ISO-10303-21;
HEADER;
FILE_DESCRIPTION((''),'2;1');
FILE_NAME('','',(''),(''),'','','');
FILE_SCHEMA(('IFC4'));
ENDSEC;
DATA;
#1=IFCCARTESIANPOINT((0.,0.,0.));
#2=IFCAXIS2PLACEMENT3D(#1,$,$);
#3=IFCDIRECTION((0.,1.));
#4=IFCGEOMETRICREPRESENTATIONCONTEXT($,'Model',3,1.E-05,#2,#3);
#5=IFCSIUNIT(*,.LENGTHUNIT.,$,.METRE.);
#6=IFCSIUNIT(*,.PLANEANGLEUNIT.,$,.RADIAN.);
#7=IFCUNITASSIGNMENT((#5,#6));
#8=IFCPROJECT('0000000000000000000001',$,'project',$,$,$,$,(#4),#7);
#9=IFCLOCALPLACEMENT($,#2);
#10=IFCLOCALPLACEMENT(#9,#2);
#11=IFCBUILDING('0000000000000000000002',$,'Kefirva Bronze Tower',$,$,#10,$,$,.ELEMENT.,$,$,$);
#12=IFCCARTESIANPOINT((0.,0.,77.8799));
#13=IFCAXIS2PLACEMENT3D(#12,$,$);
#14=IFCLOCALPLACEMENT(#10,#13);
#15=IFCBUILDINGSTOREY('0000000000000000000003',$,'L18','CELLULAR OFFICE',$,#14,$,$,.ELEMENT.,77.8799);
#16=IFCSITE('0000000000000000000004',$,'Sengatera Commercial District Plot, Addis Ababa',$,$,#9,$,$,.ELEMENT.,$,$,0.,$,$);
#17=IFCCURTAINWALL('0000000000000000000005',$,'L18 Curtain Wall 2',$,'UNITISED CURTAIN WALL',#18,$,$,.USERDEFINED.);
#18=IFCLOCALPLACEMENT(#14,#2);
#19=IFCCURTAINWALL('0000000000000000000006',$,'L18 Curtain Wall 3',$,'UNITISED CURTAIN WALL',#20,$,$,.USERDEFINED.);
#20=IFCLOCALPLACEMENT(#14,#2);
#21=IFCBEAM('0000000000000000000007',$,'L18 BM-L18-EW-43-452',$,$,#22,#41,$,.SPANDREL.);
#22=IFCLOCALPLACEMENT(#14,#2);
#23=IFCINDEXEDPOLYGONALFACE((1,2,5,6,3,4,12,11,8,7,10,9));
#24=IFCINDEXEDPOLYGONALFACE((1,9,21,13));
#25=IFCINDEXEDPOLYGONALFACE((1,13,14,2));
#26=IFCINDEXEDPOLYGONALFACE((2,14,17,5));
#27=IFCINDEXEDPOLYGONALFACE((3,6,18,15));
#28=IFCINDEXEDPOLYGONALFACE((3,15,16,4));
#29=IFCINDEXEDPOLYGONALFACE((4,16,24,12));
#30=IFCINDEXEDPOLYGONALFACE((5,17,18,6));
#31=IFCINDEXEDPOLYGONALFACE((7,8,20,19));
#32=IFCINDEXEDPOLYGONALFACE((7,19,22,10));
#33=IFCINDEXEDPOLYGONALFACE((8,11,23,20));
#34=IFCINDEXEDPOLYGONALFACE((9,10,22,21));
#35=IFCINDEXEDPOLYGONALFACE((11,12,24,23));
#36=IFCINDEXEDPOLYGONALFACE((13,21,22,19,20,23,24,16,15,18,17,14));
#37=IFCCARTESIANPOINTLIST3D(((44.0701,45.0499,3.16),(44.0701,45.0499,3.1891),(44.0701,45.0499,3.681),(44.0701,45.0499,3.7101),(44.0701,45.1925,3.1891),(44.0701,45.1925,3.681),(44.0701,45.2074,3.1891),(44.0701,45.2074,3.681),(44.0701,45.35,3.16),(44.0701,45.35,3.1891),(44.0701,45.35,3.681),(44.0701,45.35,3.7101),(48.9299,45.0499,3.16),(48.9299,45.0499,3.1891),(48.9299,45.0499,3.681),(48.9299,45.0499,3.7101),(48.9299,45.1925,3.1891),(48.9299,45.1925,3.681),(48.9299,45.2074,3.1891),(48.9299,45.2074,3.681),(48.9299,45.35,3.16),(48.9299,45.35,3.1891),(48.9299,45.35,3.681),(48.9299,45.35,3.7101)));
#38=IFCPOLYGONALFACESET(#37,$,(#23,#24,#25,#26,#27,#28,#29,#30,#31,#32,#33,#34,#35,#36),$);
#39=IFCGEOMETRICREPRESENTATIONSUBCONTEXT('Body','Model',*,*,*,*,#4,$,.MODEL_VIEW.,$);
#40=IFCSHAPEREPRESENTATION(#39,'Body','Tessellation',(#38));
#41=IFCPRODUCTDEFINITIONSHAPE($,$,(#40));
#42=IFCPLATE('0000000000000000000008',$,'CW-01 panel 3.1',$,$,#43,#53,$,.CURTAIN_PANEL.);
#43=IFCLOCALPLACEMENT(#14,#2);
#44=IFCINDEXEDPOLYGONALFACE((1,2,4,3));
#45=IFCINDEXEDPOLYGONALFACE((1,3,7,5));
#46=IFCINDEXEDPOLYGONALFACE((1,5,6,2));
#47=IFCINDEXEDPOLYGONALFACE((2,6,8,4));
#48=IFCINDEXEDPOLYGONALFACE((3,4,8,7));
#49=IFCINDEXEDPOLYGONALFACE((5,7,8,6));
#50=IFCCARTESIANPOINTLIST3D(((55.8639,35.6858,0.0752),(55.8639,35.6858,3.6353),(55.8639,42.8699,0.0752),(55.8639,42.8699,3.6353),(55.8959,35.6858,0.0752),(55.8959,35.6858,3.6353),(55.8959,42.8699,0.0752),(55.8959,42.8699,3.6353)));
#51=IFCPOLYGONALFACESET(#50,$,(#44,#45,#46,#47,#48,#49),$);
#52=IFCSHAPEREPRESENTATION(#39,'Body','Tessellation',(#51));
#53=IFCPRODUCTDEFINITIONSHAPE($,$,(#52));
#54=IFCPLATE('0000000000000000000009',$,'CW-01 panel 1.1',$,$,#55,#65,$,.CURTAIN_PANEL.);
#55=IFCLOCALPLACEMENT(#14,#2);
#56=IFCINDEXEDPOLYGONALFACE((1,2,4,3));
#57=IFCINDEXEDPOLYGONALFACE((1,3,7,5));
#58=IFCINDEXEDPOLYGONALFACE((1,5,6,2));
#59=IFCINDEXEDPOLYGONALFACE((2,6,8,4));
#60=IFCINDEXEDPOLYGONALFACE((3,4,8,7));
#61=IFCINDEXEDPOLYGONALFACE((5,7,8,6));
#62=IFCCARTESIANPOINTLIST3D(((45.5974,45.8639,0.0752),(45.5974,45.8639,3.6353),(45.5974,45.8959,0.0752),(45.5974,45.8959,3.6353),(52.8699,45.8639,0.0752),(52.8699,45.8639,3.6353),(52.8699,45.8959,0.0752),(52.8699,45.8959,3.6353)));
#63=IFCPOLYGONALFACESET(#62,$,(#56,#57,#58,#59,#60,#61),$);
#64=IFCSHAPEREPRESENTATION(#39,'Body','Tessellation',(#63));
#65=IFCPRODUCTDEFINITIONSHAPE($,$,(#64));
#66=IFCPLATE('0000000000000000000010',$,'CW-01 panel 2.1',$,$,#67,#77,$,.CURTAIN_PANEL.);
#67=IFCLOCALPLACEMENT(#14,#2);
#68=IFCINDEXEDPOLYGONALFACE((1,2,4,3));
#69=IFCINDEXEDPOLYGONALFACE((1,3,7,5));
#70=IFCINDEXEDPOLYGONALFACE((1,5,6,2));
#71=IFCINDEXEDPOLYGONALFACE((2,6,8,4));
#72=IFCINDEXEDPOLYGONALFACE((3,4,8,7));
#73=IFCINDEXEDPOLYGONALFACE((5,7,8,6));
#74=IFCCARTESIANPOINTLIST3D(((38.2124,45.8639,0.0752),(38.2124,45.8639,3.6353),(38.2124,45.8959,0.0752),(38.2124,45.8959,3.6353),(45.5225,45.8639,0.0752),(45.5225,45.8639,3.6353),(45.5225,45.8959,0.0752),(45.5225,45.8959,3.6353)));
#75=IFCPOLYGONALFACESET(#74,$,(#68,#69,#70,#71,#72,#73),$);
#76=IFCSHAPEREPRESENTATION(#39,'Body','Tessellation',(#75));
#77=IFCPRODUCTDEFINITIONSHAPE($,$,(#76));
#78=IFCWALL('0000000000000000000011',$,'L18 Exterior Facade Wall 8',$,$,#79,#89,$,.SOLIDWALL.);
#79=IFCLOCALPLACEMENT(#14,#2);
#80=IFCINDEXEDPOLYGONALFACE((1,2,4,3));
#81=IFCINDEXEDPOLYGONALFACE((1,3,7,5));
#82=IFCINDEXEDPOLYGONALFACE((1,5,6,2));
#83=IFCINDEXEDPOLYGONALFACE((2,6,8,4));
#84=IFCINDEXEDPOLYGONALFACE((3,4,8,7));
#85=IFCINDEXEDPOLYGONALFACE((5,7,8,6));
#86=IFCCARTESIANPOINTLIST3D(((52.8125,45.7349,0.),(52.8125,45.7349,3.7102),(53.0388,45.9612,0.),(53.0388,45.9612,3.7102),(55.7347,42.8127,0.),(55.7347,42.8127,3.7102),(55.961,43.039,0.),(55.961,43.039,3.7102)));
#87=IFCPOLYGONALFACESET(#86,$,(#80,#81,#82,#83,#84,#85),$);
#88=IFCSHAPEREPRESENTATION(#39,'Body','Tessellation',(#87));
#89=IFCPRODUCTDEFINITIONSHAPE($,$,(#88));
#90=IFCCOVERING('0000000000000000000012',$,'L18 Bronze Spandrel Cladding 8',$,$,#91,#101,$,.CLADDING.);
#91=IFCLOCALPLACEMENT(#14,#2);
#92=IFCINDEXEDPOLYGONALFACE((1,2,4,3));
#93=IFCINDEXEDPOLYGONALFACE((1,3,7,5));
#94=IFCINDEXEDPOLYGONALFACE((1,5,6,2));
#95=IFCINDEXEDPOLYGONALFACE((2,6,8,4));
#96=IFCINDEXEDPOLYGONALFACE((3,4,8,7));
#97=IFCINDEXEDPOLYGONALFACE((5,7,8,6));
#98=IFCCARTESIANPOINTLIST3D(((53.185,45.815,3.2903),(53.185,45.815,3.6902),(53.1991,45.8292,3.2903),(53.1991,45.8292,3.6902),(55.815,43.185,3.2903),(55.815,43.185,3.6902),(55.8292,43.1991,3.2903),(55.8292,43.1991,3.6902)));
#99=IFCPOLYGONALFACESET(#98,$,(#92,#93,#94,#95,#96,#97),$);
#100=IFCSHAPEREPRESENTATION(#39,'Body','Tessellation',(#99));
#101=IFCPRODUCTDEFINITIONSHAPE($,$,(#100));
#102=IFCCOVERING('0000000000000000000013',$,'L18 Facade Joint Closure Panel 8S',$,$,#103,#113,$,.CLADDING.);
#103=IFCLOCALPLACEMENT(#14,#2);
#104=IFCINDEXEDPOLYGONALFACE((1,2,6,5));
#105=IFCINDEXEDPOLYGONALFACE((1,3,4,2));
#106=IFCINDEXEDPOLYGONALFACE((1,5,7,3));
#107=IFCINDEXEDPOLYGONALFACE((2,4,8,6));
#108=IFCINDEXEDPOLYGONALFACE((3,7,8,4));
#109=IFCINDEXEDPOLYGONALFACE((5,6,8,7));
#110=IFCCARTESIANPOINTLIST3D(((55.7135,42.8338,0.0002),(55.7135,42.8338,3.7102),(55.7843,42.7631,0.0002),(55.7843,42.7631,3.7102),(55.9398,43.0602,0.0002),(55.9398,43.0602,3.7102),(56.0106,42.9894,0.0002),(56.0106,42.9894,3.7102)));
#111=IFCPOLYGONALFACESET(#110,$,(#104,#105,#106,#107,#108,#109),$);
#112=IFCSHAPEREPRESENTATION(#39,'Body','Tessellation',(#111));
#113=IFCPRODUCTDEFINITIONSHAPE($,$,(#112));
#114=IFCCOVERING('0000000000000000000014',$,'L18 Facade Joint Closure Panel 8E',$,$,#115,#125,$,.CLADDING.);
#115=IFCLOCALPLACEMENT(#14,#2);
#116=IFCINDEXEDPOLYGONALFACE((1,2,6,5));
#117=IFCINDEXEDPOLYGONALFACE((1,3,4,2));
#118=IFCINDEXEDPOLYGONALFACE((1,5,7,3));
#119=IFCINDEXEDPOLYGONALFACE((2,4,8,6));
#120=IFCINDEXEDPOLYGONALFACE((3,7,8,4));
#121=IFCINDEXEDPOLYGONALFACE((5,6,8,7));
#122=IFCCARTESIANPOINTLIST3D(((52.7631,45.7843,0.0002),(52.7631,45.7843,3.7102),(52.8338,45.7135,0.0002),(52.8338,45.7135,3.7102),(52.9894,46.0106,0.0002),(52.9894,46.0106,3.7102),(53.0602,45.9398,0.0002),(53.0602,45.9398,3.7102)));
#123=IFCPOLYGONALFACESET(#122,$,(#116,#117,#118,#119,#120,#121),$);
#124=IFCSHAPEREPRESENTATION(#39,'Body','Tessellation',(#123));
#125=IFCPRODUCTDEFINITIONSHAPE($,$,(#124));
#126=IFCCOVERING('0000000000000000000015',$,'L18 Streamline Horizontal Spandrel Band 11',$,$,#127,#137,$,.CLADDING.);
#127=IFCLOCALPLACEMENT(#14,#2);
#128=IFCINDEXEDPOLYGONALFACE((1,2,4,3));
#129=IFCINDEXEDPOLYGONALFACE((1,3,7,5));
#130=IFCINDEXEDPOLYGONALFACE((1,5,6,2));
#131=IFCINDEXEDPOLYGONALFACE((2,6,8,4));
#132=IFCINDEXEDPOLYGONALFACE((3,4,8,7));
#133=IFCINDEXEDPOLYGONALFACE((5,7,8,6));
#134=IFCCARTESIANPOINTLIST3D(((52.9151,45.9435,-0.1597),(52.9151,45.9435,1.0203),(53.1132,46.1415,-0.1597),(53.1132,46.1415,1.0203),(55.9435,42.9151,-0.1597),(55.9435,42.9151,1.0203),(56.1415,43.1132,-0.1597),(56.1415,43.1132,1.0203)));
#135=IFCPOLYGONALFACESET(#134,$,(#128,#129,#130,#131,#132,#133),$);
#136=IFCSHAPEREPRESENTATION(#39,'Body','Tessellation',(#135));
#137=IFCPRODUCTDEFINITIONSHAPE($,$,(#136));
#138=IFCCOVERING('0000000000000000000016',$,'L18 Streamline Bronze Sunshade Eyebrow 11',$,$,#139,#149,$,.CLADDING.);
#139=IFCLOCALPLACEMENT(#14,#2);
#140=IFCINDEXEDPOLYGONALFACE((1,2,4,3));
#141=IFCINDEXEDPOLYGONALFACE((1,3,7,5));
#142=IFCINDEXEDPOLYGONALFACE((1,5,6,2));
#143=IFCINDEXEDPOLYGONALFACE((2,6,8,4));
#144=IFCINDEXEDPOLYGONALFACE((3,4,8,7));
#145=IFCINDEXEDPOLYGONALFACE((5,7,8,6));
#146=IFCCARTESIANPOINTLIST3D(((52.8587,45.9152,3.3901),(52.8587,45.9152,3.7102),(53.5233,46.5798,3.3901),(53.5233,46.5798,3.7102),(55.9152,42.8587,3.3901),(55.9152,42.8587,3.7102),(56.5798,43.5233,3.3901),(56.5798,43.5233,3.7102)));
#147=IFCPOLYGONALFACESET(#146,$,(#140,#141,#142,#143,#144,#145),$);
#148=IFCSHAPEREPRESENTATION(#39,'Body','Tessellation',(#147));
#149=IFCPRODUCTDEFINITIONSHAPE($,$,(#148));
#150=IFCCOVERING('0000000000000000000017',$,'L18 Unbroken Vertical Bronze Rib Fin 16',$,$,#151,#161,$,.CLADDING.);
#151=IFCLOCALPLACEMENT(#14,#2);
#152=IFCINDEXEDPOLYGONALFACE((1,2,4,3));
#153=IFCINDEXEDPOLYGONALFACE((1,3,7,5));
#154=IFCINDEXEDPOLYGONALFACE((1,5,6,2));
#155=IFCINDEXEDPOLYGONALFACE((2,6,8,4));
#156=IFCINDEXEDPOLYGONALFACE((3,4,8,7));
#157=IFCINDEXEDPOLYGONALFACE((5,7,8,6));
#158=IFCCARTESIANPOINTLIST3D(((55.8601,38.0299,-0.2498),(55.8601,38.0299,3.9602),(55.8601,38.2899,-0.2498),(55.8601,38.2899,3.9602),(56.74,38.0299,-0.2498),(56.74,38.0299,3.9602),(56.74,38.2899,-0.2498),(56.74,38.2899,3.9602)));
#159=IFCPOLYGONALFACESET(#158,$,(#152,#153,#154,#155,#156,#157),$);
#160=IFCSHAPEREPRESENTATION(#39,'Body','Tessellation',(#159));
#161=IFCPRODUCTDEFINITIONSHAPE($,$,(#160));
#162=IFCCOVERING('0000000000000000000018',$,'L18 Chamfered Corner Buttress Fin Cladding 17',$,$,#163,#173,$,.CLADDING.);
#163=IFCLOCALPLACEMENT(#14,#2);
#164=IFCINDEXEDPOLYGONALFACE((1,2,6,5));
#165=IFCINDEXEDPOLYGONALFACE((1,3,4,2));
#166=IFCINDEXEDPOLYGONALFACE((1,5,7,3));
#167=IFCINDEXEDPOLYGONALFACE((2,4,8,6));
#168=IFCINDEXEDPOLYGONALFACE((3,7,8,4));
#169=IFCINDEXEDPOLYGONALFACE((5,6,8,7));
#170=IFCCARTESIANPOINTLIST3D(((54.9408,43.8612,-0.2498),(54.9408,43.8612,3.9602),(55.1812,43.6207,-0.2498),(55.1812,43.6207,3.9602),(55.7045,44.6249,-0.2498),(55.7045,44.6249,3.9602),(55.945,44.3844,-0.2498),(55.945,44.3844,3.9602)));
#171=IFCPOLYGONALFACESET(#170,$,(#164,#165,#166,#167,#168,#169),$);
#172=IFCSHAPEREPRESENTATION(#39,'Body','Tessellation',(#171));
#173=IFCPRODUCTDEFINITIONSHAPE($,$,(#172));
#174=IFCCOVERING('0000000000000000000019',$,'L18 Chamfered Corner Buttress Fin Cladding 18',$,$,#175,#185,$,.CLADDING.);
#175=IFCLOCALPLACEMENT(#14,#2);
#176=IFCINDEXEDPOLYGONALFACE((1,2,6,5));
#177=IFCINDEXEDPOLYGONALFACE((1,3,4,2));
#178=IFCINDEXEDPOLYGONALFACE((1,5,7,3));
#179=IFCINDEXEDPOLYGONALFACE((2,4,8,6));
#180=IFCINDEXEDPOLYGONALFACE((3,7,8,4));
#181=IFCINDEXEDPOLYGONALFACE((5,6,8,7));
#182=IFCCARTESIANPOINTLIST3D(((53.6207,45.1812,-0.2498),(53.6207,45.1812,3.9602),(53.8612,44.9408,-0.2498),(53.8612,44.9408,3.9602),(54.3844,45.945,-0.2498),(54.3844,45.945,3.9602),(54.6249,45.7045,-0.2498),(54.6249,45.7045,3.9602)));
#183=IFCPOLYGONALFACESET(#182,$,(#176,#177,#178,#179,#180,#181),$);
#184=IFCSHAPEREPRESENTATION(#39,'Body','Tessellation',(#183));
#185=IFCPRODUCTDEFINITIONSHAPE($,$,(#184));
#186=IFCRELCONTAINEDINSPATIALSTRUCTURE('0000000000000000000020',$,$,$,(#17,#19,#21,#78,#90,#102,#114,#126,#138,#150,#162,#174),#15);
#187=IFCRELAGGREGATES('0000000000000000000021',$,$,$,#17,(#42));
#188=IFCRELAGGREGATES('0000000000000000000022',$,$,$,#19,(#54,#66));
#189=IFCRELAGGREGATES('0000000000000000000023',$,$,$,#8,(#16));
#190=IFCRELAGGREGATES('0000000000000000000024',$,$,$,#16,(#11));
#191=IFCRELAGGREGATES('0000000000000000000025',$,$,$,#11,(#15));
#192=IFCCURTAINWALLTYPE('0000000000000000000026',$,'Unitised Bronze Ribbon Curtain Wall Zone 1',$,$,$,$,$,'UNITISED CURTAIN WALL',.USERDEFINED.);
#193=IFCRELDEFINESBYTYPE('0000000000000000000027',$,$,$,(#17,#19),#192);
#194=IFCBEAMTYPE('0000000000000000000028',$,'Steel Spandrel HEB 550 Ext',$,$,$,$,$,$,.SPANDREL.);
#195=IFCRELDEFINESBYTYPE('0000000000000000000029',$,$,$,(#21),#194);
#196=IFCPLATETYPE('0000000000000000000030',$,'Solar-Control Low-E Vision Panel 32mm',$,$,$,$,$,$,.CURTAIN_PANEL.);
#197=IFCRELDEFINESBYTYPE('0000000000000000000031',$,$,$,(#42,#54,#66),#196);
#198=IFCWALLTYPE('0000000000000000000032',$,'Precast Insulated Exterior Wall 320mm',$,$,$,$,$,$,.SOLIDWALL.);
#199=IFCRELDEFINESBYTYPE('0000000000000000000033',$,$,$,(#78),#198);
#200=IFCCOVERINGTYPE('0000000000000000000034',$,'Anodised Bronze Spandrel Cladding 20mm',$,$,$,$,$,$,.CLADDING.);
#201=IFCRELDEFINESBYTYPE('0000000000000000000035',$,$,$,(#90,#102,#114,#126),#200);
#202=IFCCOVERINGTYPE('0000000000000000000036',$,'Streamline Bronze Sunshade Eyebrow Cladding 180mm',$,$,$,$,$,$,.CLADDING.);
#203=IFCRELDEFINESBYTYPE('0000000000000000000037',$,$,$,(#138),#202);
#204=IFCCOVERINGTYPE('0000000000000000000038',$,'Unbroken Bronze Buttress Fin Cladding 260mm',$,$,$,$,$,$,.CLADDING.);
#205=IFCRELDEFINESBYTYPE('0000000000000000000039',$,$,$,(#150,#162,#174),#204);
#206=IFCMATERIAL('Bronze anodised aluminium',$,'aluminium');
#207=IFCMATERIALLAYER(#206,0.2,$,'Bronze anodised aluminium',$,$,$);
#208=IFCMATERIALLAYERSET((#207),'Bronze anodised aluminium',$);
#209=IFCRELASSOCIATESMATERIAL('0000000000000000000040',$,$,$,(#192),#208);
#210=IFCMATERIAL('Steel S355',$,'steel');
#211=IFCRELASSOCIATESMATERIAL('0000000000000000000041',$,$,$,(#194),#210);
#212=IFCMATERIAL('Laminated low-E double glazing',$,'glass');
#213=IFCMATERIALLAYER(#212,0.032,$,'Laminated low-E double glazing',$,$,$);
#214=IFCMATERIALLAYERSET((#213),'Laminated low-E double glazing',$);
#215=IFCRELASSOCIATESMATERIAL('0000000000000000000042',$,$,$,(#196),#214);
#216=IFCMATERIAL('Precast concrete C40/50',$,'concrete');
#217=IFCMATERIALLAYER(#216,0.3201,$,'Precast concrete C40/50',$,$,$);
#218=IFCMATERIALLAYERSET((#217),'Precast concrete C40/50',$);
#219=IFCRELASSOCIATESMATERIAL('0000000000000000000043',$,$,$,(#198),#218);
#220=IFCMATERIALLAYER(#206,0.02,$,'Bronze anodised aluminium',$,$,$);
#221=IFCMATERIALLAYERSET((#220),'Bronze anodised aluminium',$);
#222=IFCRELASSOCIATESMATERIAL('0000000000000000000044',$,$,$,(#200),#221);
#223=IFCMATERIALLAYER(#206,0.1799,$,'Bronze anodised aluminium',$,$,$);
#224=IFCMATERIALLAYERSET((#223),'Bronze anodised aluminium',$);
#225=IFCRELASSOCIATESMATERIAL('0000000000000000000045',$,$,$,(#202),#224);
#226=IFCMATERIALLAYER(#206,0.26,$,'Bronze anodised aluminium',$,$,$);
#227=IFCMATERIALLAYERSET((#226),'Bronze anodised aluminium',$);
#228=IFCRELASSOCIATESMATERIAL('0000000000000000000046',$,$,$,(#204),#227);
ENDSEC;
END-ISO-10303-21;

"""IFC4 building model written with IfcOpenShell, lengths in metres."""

from ifc_helpers import new_model, si_unit, direction, frame, frame_2d, origin, origin_2d, place, context, subcontext, project, spatial, rectangle, i_section, extrude, material, layer, layer_set, material_profile, profile_set, type_object, element, aggregate, save


model = new_model("IFC4")

# Units and contexts
model_context = context("Model", 3, precision=1e-05, world=origin(), true_north=direction((0.0, 1.0)))
body_context = subcontext(model_context, "Body", "Model", "MODEL_VIEW")
ifc_project = project(units=[si_unit("LENGTHUNIT", "METRE"), si_unit("PLANEANGLEUNIT", "RADIAN")], contexts=[model_context])

# Site, building, storey
site_placement = place(None, origin())
site = spatial("IfcSite", under=ifc_project, at=site_placement, Name="Sengatera Commercial District Plot, Addis Ababa", CompositionType="ELEMENT", RefElevation=0.0)
building_placement = place(site_placement, origin())
building = spatial("IfcBuilding", under=site, at=building_placement, Name="Kefirva Bronze Tower", CompositionType="ELEMENT")
storey_placement = place(building_placement, frame((0.0, 0.0, 77.8799)))
storey = spatial("IfcBuildingStorey", under=building, at=storey_placement, Name="L18", Description="CELLULAR OFFICE", CompositionType="ELEMENT", Elevation=77.8799)

# Curtain wall
ifc_material_1 = material(Name="Bronze anodised aluminium", Category="aluminium")
ifc_layer_1 = layer(ifc_material_1, 0.2, Name="Bronze anodised aluminium")
ifc_layer_set_1 = layer_set([ifc_layer_1], Name="Bronze anodised aluminium")
curtain_wall_type = type_object("IfcCurtainWallType", Name="Unitised Bronze Ribbon Curtain Wall Zone 1", ElementType="UNITISED CURTAIN WALL", PredefinedType="USERDEFINED", material=ifc_layer_set_1)
curtain_wall_1_placement = place(storey_placement, origin())
curtain_wall_1 = element("IfcCurtainWall", 1, at=curtain_wall_1_placement, inside=storey, type_object=curtain_wall_type, Name="L18 Curtain Wall 2", ObjectType="UNITISED CURTAIN WALL", PredefinedType="USERDEFINED")

# Curtain wall
curtain_wall_2_placement = place(storey_placement, origin())
curtain_wall_2 = element("IfcCurtainWall", 2, at=curtain_wall_2_placement, inside=storey, type_object=curtain_wall_type, Name="L18 Curtain Wall 3", ObjectType="UNITISED CURTAIN WALL", PredefinedType="USERDEFINED")

# Beam
ifc_material_2 = material(Name="Steel S355", Category="steel")
ifc_material_profile_1 = material_profile(ifc_material_2, i_section(OverallWidth=0.3, OverallDepth=0.55, WebThickness=0.0149, FlangeThickness=0.0291, at=origin_2d()), Name="HEB 550")
ifc_profile_set_1 = profile_set([ifc_material_profile_1], Name="Steel S355")
beam_type_1 = type_object("IfcBeamType", Name="Steel Spandrel HEB 550 Ext", PredefinedType="SPANDREL", material=ifc_profile_set_1)
beam_1_placement = place(storey_placement, frame((44.0701, 45.2, 3.4351), z_axis=(1.0, 0.0, 0.0), x_axis=(0.0, 1.0, 0.0)))
element("IfcBeam", 3, at=beam_1_placement, inside=storey, type_object=beam_type_1, Name="L18 BM-L18-EW-43-452", PredefinedType="SPANDREL", context=body_context, shape_type="SweptSolid", body=[
    extrude(i_section(OverallWidth=0.3, OverallDepth=0.55, WebThickness=0.0149, FlangeThickness=0.0291, at=origin_2d()), origin(), (0.0, 0.0, 1.0), 4.8599),
])

# Plates
ifc_material_3 = material(Name="Laminated low-E double glazing", Category="glass")
ifc_layer_2 = layer(ifc_material_3, 0.032, Name="Laminated low-E double glazing")
ifc_layer_set_2 = layer_set([ifc_layer_2], Name="Laminated low-E double glazing")
plate_type = type_object("IfcPlateType", Name="Solar-Control Low-E Vision Panel 32mm", PredefinedType="CURTAIN_PANEL", material=ifc_layer_set_2)
plate_1_placement = place(storey_placement, frame((55.8799, 39.2778, 0.0752), z_axis=(0.0, 0.0, 1.0), x_axis=(0.0, 1.0, 0.0)))
plate_1 = element("IfcPlate", 4, at=plate_1_placement, type_object=plate_type, Name="CW-01 panel 3.1", PredefinedType="CURTAIN_PANEL", context=body_context, shape_type="SweptSolid", body=[
    extrude(rectangle(XDim=7.1841, YDim=0.032, at=origin_2d()), origin(), (0.0, 0.0, 1.0), 3.5601),
])
aggregate(curtain_wall_1, [plate_1])
plate_2_placement = place(storey_placement, frame((49.2336, 45.8799, 0.0752), z_axis=(0.0, 0.0, 1.0), x_axis=(-1.0, 0.0, 0.0)))
plate_2 = element("IfcPlate", 5, at=plate_2_placement, type_object=plate_type, Name="CW-01 panel 1.1", PredefinedType="CURTAIN_PANEL", context=body_context, shape_type="SweptSolid", body=[
    extrude(rectangle(XDim=7.2725, YDim=0.032, at=origin_2d()), origin(), (0.0, 0.0, 1.0), 3.5601),
])
plate_3_placement = place(storey_placement, frame((41.8674, 45.8799, 0.0752), z_axis=(0.0, 0.0, 1.0), x_axis=(-1.0, 0.0, 0.0)))
plate_3 = element("IfcPlate", 6, at=plate_3_placement, type_object=plate_type, Name="CW-01 panel 2.1", PredefinedType="CURTAIN_PANEL", context=body_context, shape_type="SweptSolid", body=[
    extrude(rectangle(XDim=7.3101, YDim=0.032, at=origin_2d()), origin(), (0.0, 0.0, 1.0), 3.5601),
])
aggregate(curtain_wall_2, [plate_2, plate_3])

# Wall
ifc_material_4 = material(Name="Precast concrete C40/50", Category="concrete")
ifc_layer_3 = layer(ifc_material_4, 0.3201, Name="Precast concrete C40/50")
ifc_layer_set_3 = layer_set([ifc_layer_3], Name="Precast concrete C40/50")
wall_type = type_object("IfcWallType", Name="Precast Insulated Exterior Wall 320mm", PredefinedType="SOLIDWALL", material=ifc_layer_set_3)
wall_placement = place(storey_placement, frame((55.8479, 42.9258, 0.0), z_axis=(0.0, 0.0, 1.0), x_axis=(-0.707107, 0.707107, 0.0)))
element("IfcWall", 7, at=wall_placement, inside=storey, type_object=wall_type, Name="L18 Exterior Facade Wall 8", PredefinedType="SOLIDWALL", context=body_context, shape_type="SweptSolid", body=[
    extrude(rectangle(XDim=4.1326, YDim=0.3201, at=frame_2d((2.0664, 0.0))), origin(), (0.0, 0.0, 1.0), 3.7102),
])

# Coverings
ifc_layer_4 = layer(ifc_material_1, 0.02, Name="Bronze anodised aluminium")
ifc_layer_set_4 = layer_set([ifc_layer_4], Name="Bronze anodised aluminium")
covering_type_1 = type_object("IfcCoveringType", Name="Anodised Bronze Spandrel Cladding 20mm", PredefinedType="CLADDING", material=ifc_layer_set_4)
covering_1_placement = place(storey_placement, frame((54.5071, 44.5071, 3.2903), z_axis=(0.0, 0.0, 1.0), x_axis=(-0.707107, 0.707107, 0.0)))
element("IfcCovering", 8, at=covering_1_placement, inside=storey, type_object=covering_type_1, Name="L18 Bronze Spandrel Cladding 8", PredefinedType="CLADDING", context=body_context, shape_type="SweptSolid", body=[
    extrude(rectangle(XDim=3.7195, YDim=0.02, at=origin_2d()), origin(), (0.0, 0.0, 1.0), 0.3999),
])
for number, where, z_axis, x_axis, name in (
    (9, (55.8621, 42.9116, 0.0002), (0.0, 0.0, 1.0), (-0.707107, 0.707107, 0.0), "L18 Facade Joint Closure Panel 8S"),
    (10, (52.9116, 45.8621, 0.0002), (0.0, 0.0, 1.0), (-0.707107, 0.707107, 0.0), "L18 Facade Joint Closure Panel 8E"),
):
    element("IfcCovering", number, at=place(storey_placement, frame(where, z_axis=z_axis, x_axis=x_axis)), inside=storey, type_object=covering_type_1, Name=name, PredefinedType="CLADDING", context=body_context, shape_type="SweptSolid", body=[
        extrude(rectangle(XDim=0.1001, YDim=0.3201, at=origin_2d()), origin(), (0.0, 0.0, 1.0), 3.71),
    ])
covering_2_placement = place(storey_placement, frame((54.5283, 44.5283, -0.1597), z_axis=(0.0, 0.0, 1.0), x_axis=(-0.707107, 0.707107, 0.0)))
element("IfcCovering", 11, at=covering_2_placement, inside=storey, type_object=covering_type_1, Name="L18 Streamline Horizontal Spandrel Band 11", PredefinedType="CLADDING", context=body_context, shape_type="SweptSolid", body=[
    extrude(rectangle(XDim=4.2827, YDim=0.28, at=origin_2d()), origin(), (0.0, 0.0, 1.0), 1.1799),
])
ifc_layer_5 = layer(ifc_material_1, 0.1799, Name="Bronze anodised aluminium")
ifc_layer_set_5 = layer_set([ifc_layer_5], Name="Bronze anodised aluminium")
covering_type_2 = type_object("IfcCoveringType", Name="Streamline Bronze Sunshade Eyebrow Cladding 180mm", PredefinedType="CLADDING", material=ifc_layer_set_5)
covering_3_placement = place(storey_placement, frame((54.7192, 44.7192, 3.3901), z_axis=(0.0, 0.0, 1.0), x_axis=(-0.707107, 0.707107, 0.0)))
element("IfcCovering", 12, at=covering_3_placement, inside=storey, type_object=covering_type_2, Name="L18 Streamline Bronze Sunshade Eyebrow 11", PredefinedType="CLADDING", context=body_context, shape_type="SweptSolid", body=[
    extrude(rectangle(XDim=4.3225, YDim=0.9399, at=origin_2d()), origin(), (0.0, 0.0, 1.0), 0.3201),
])
ifc_layer_6 = layer(ifc_material_1, 0.26, Name="Bronze anodised aluminium")
ifc_layer_set_6 = layer_set([ifc_layer_6], Name="Bronze anodised aluminium")
covering_type_3 = type_object("IfcCoveringType", Name="Unbroken Bronze Buttress Fin Cladding 260mm", PredefinedType="CLADDING", material=ifc_layer_set_6)
covering_4_placement = place(storey_placement, frame((56.3, 38.1599, -0.2498), z_axis=(0.0, 0.0, 1.0), x_axis=(0.0, 1.0, 0.0)))
element("IfcCovering", 13, at=covering_4_placement, inside=storey, type_object=covering_type_3, Name="L18 Unbroken Vertical Bronze Rib Fin 16", PredefinedType="CLADDING", context=body_context, shape_type="SweptSolid", body=[
    extrude(rectangle(XDim=0.26, YDim=0.8799, at=origin_2d()), origin(), (0.0, 0.0, 1.0), 4.21),
])
for number, where, z_axis, x_axis, name in (
    (14, (55.4429, 44.1228, -0.2498), (0.0, 0.0, 1.0), (-0.707107, 0.707107, 0.0), "L18 Chamfered Corner Buttress Fin Cladding 17"),
    (15, (54.1228, 45.4429, -0.2498), (0.0, 0.0, 1.0), (-0.707107, 0.707107, 0.0), "L18 Chamfered Corner Buttress Fin Cladding 18"),
):
    element("IfcCovering", number, at=place(storey_placement, frame(where, z_axis=z_axis, x_axis=x_axis)), inside=storey, type_object=covering_type_3, Name=name, PredefinedType="CLADDING", context=body_context, shape_type="SweptSolid", body=[
        extrude(rectangle(XDim=0.3401, YDim=1.0801, at=origin_2d()), origin(), (0.0, 0.0, 1.0), 4.21),
    ])

save(model, "model.ifc")
